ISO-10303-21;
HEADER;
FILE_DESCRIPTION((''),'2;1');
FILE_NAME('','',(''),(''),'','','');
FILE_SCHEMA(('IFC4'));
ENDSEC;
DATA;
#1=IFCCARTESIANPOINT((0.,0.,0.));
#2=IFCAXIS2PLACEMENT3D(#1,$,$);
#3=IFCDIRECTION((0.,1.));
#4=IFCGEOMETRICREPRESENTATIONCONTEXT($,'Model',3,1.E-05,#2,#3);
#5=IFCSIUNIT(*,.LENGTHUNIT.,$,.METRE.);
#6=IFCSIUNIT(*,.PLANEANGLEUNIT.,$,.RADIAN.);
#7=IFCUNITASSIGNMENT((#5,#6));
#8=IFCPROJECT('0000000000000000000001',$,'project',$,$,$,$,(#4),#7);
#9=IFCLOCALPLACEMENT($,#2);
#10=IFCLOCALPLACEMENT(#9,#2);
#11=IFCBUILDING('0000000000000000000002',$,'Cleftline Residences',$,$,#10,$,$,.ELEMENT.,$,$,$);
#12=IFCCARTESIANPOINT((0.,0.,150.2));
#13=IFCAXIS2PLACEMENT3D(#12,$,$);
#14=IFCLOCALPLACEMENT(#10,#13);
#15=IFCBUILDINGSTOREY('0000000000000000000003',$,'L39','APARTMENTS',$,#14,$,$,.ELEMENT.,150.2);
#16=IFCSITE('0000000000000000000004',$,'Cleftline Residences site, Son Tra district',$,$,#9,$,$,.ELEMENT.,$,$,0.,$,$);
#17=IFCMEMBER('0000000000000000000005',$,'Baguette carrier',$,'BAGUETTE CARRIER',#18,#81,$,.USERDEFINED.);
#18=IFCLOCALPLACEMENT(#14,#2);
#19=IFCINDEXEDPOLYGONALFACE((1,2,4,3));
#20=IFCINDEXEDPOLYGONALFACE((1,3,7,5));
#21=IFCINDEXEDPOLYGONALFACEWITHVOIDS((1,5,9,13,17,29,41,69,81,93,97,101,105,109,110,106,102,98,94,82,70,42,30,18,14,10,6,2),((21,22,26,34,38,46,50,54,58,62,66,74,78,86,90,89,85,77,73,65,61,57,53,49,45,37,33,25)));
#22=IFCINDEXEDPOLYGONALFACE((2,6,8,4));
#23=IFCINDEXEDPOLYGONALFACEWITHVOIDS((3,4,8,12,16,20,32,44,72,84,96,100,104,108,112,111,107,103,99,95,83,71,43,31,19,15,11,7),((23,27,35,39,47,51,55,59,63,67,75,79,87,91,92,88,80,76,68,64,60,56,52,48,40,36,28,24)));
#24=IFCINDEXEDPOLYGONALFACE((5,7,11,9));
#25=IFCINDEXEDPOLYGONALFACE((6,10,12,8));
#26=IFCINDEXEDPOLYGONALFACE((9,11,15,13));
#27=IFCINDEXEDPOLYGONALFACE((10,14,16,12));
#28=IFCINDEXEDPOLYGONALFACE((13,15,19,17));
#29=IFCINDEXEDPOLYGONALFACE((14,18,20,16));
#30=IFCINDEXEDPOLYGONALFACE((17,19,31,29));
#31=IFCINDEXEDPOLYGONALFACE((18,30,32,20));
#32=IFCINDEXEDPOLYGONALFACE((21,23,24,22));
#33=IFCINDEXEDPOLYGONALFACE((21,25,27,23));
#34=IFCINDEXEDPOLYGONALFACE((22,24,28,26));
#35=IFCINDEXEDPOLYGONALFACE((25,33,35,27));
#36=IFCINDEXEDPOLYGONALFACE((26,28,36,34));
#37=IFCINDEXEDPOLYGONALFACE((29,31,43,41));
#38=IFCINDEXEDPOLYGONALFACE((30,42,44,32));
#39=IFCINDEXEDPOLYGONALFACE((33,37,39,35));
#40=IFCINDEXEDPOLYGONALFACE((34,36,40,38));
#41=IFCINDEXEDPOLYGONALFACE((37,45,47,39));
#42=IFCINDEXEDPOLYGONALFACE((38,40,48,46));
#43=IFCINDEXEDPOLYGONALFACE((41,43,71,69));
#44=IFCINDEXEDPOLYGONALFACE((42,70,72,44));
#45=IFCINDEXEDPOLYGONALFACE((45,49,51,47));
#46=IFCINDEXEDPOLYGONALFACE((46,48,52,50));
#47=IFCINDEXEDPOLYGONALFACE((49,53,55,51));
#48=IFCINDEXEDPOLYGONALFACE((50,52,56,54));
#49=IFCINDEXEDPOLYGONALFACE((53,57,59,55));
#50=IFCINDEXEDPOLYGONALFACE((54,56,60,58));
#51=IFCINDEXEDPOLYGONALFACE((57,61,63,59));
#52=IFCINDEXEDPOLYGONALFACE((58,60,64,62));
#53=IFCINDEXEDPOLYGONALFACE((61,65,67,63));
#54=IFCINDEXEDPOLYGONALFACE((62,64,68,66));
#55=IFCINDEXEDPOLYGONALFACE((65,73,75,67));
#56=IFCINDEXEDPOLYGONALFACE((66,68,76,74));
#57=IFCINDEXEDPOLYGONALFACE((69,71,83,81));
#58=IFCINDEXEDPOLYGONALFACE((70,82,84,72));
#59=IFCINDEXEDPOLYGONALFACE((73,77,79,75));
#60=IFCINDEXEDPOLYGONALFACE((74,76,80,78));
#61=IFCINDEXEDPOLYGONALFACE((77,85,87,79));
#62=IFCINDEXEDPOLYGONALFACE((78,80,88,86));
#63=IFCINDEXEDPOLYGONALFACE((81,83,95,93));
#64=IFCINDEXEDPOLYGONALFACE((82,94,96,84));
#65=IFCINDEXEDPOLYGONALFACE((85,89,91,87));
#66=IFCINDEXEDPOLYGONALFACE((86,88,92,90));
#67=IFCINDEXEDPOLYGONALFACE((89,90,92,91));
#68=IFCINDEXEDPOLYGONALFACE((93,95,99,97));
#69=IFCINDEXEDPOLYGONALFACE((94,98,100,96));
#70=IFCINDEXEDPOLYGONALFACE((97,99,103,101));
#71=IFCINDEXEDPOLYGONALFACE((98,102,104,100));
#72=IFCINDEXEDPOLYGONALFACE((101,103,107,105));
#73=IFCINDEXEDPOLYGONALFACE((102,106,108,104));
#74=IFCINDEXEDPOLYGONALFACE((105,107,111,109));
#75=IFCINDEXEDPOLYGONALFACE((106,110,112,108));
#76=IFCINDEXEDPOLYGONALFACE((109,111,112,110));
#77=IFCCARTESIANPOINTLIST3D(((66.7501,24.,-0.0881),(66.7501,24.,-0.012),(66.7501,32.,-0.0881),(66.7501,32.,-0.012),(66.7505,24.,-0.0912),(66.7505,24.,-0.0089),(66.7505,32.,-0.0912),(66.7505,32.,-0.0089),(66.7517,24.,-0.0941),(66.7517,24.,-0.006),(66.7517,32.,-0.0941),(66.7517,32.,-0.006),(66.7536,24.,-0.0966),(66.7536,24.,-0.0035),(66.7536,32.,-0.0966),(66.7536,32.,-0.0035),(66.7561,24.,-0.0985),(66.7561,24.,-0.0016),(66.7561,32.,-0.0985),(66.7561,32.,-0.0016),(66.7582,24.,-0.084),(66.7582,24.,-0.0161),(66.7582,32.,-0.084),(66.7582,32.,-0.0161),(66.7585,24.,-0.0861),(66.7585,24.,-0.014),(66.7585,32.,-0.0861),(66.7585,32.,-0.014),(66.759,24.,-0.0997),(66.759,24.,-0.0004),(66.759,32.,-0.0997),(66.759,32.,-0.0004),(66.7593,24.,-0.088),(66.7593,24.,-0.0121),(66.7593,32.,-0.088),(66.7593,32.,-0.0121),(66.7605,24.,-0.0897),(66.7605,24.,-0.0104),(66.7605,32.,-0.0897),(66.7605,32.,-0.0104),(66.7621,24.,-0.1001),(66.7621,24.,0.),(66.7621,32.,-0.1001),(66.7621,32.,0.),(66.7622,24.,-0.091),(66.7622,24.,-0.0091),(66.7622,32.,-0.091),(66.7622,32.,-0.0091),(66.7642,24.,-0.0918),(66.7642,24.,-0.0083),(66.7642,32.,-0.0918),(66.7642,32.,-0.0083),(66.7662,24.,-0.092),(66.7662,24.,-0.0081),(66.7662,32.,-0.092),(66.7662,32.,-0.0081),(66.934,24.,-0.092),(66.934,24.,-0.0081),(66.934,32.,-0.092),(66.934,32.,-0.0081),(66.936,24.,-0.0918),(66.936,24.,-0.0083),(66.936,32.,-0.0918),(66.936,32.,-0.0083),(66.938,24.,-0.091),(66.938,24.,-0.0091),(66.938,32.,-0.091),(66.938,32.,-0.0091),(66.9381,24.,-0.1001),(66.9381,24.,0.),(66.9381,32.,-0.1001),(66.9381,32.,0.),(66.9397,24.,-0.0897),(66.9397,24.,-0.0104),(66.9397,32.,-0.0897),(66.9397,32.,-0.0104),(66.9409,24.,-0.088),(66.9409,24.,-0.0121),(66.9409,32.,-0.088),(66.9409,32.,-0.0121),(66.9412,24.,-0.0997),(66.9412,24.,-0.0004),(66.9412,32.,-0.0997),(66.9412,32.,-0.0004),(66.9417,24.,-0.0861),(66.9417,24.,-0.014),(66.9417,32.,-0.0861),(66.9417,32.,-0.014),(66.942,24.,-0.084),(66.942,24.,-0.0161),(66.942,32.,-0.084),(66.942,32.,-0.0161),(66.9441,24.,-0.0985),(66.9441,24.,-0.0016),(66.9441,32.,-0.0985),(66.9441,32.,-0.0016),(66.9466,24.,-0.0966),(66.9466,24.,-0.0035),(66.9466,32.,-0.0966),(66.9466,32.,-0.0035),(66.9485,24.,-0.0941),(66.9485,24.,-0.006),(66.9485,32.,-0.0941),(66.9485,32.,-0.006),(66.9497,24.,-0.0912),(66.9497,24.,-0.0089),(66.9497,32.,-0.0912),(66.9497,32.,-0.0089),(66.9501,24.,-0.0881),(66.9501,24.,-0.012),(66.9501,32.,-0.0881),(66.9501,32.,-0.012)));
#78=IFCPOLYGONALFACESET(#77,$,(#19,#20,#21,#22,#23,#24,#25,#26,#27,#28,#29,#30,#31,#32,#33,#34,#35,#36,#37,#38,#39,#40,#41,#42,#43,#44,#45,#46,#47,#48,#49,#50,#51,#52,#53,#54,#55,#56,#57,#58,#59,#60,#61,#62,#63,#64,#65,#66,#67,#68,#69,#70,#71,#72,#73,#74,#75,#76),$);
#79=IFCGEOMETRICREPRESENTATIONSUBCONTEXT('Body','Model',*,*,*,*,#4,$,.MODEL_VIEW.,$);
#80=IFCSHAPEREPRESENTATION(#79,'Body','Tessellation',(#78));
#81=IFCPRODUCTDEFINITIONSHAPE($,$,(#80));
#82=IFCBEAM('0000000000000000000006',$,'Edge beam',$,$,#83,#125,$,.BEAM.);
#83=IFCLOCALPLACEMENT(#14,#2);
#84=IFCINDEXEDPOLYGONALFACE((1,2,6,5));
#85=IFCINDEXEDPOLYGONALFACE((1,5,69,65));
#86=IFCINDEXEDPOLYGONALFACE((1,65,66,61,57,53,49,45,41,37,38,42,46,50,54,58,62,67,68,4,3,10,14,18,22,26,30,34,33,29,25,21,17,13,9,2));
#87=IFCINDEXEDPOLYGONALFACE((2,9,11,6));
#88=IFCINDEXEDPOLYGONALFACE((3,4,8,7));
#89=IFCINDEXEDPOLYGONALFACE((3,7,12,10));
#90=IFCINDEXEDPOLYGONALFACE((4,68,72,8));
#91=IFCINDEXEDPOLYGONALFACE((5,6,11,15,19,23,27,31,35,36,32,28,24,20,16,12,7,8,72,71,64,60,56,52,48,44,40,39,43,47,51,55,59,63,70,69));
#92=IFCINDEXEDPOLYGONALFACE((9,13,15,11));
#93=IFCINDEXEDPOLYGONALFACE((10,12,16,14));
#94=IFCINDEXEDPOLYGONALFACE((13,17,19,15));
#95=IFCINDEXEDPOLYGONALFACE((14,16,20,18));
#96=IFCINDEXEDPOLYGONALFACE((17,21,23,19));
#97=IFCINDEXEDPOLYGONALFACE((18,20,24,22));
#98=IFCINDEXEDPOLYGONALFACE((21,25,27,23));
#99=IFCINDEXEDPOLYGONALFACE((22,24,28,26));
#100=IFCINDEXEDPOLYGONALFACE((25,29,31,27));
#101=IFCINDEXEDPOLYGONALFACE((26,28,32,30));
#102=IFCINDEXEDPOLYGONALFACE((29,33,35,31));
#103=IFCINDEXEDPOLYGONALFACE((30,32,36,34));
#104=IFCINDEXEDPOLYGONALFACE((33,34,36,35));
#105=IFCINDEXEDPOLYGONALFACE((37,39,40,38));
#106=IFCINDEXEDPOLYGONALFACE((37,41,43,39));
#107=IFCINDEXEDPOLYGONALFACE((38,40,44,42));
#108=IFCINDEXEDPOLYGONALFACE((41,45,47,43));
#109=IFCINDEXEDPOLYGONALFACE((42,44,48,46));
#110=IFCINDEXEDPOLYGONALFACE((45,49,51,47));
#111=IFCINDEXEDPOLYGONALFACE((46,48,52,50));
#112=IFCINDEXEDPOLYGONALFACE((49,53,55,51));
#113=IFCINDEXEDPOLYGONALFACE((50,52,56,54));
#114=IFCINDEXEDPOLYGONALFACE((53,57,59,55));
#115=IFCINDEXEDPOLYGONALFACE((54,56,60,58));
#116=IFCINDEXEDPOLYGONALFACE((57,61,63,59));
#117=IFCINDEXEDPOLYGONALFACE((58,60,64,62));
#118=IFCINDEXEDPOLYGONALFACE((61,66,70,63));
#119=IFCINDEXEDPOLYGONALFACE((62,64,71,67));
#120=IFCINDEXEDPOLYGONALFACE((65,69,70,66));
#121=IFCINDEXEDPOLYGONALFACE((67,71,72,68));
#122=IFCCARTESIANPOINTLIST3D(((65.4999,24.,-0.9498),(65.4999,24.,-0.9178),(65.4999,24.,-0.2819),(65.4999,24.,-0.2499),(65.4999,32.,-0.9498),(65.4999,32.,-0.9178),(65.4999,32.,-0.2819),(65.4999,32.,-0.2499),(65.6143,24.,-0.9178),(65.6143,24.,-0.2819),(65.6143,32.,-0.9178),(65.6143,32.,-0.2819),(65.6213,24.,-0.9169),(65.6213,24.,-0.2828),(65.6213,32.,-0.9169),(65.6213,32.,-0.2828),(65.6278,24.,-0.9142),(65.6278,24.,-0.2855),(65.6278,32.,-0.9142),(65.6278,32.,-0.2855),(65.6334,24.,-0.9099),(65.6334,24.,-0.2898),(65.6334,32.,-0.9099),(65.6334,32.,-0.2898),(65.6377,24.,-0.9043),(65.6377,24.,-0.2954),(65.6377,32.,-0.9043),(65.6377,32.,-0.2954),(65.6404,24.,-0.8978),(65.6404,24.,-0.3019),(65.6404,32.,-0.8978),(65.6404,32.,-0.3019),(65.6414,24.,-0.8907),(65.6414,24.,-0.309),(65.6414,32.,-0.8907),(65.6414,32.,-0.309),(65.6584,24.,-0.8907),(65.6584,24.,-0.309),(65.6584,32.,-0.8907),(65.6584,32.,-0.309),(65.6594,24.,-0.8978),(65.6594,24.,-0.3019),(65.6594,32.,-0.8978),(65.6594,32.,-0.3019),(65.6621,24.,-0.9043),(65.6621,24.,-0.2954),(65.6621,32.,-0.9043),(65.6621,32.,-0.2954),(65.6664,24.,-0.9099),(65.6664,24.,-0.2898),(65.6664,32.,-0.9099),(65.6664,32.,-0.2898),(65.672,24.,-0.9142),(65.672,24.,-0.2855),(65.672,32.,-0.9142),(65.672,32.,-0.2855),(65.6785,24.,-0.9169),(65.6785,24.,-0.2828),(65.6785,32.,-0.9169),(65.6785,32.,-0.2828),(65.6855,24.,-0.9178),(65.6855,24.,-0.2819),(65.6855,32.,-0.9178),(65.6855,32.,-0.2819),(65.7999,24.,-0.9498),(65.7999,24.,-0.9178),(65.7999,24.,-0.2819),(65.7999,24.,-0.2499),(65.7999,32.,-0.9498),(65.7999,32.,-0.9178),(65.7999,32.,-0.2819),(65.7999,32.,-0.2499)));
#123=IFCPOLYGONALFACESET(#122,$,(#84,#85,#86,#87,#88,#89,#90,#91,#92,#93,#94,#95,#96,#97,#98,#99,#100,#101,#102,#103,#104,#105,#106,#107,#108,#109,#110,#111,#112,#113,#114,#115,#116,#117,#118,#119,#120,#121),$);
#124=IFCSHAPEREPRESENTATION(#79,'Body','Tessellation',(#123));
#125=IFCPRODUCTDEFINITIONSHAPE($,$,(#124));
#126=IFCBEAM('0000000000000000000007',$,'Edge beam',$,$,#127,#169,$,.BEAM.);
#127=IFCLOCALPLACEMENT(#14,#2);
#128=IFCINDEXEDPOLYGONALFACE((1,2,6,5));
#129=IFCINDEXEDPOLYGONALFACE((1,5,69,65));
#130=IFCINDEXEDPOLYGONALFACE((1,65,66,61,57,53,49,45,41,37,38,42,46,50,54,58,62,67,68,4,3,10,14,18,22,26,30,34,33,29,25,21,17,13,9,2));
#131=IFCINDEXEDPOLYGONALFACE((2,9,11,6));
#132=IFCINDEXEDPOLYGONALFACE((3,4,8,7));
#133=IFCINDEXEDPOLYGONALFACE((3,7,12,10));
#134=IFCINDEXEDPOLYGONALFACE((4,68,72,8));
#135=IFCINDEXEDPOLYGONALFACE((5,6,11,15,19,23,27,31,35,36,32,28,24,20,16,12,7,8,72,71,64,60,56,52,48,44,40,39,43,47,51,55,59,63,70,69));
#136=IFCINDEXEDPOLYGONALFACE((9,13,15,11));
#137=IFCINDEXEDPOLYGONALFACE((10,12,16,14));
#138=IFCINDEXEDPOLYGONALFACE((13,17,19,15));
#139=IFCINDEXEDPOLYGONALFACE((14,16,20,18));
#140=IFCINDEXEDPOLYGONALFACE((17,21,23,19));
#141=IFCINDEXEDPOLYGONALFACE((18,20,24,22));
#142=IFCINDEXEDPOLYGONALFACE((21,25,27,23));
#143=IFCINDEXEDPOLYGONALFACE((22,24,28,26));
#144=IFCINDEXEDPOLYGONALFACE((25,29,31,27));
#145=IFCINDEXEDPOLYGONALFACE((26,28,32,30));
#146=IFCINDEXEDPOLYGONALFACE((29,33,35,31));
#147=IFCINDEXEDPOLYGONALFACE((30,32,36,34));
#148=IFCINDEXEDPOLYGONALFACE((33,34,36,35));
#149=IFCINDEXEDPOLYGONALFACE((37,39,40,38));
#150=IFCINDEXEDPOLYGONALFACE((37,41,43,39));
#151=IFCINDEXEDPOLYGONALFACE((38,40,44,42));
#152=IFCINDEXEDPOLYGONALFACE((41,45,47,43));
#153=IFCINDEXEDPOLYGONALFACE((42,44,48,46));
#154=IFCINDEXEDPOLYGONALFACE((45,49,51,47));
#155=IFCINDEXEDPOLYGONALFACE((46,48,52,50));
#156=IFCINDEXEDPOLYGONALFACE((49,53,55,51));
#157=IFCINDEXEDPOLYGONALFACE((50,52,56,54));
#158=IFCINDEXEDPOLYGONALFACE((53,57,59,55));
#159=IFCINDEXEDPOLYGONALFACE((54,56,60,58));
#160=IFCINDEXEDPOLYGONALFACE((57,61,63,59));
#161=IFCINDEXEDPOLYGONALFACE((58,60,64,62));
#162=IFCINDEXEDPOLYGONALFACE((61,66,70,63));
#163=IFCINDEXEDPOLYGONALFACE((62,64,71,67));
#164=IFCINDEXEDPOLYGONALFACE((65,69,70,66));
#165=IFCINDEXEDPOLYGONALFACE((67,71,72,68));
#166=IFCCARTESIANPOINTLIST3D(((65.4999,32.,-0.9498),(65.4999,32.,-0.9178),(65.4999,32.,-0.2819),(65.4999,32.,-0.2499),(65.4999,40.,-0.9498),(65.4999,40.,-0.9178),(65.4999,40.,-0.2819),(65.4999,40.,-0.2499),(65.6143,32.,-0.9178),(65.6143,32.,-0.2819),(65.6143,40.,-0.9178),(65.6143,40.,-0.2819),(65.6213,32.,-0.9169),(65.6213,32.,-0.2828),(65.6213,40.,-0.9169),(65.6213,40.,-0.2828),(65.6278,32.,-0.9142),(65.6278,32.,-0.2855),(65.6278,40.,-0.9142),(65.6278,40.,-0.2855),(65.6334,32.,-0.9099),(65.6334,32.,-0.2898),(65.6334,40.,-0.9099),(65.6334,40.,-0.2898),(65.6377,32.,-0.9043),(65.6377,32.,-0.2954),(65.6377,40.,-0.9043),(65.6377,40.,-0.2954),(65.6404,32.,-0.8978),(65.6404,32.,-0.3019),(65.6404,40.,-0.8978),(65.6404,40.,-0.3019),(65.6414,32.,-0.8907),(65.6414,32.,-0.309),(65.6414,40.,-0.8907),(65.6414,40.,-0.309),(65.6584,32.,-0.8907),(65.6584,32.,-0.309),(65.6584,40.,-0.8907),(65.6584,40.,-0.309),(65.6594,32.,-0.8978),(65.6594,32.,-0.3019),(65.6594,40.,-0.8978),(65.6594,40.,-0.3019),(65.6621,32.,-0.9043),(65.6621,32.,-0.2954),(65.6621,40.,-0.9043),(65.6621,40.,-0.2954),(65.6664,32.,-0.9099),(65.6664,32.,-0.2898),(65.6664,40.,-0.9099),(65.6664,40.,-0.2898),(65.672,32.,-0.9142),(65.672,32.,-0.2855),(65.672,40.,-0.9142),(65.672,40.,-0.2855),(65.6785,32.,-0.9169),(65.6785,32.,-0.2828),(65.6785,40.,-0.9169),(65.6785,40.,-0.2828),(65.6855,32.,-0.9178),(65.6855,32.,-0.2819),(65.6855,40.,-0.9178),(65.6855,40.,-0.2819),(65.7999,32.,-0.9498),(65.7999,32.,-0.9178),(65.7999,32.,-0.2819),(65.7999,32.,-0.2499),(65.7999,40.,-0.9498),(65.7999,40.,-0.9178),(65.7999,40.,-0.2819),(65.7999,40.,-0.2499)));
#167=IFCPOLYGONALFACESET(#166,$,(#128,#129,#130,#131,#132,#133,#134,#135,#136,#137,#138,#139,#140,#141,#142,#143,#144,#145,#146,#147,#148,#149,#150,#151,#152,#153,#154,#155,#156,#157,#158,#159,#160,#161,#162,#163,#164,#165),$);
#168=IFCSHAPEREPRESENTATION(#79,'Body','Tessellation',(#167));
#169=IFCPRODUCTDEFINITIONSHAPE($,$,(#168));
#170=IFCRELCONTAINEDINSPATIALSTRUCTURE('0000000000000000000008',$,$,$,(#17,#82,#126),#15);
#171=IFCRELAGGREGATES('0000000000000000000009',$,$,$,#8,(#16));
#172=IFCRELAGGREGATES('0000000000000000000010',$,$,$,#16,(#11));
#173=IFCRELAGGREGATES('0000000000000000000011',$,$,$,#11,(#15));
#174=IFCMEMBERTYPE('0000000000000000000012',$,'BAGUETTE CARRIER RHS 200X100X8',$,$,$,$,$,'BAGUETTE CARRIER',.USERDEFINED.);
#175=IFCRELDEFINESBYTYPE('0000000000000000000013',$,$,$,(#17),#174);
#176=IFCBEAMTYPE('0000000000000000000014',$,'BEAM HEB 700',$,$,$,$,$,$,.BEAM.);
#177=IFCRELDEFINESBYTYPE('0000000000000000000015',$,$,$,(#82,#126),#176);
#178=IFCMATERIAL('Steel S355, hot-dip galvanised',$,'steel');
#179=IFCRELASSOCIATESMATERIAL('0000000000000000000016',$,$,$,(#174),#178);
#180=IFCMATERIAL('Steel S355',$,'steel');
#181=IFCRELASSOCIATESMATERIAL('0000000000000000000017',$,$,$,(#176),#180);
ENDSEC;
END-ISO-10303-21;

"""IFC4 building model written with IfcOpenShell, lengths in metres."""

from ifc_helpers import new_model, si_unit, direction, frame, origin, origin_2d, place, context, subcontext, project, spatial, hollow_rectangle, i_section, extrude, material, material_profile, profile_set, type_object, element, save


model = new_model("IFC4")

# Units and contexts
model_context = context("Model", 3, precision=1e-05, world=origin(), true_north=direction((0.0, 1.0)))
body_context = subcontext(model_context, "Body", "Model", "MODEL_VIEW")
ifc_project = project(units=[si_unit("LENGTHUNIT", "METRE"), si_unit("PLANEANGLEUNIT", "RADIAN")], contexts=[model_context])

# Site, building, storey
site_placement = place(None, origin())
site = spatial("IfcSite", under=ifc_project, at=site_placement, Name="Cleftline Residences site, Son Tra district", CompositionType="ELEMENT", RefElevation=0.0)
building_placement = place(site_placement, origin())
building = spatial("IfcBuilding", under=site, at=building_placement, Name="Cleftline Residences", CompositionType="ELEMENT")
storey_placement = place(building_placement, frame((0.0, 0.0, 150.2)))
storey = spatial("IfcBuildingStorey", under=building, at=storey_placement, Name="L39", Description="APARTMENTS", CompositionType="ELEMENT", Elevation=150.2)

# Member
ifc_material_1 = material(Name="Steel S355, hot-dip galvanised", Category="steel")
ifc_material_profile_1 = material_profile(ifc_material_1, hollow_rectangle(XDim=0.1001, YDim=0.2, WallThickness=0.0081, InnerFilletRadius=0.0081, OuterFilletRadius=0.012, at=origin_2d()))
ifc_profile_set_1 = profile_set([ifc_material_profile_1], Name="Steel S355, hot-dip galvanised")
member_type_1 = type_object("IfcMemberType", Name="BAGUETTE CARRIER RHS 200X100X8", ElementType="BAGUETTE CARRIER", PredefinedType="USERDEFINED", material=ifc_profile_set_1)
member_1_placement = place(storey_placement, frame((66.8501, 24.0, -0.05), z_axis=(0.0, 1.0, 0.0), x_axis=(0.0, 0.0, 1.0)))
element("IfcMember", 1, at=member_1_placement, inside=storey, type_object=member_type_1, Name="Baguette carrier", ObjectType="BAGUETTE CARRIER", PredefinedType="USERDEFINED", context=body_context, shape_type="SweptSolid", body=[
    extrude(hollow_rectangle(XDim=0.1001, YDim=0.2, WallThickness=0.0081, InnerFilletRadius=0.0081, OuterFilletRadius=0.012, at=origin_2d()), origin(), (0.0, 0.0, 1.0), 8.0),
])

# Beams
ifc_material_2 = material(Name="Steel S355", Category="steel")
ifc_material_profile_2 = material_profile(ifc_material_2, i_section(OverallWidth=0.3, OverallDepth=0.7, WebThickness=0.0171, FlangeThickness=0.032, FilletRadius=0.0271, at=origin_2d()))
ifc_profile_set_2 = profile_set([ifc_material_profile_2], Name="Steel S355")
beam_type_1 = type_object("IfcBeamType", Name="BEAM HEB 700", PredefinedType="BEAM", material=ifc_profile_set_2)
for number, where, z_axis, x_axis, name in (
    (2, (65.6499, 24.0, -0.5999), (0.0, 1.0, 0.0), (-1.0, 0.0, 0.0), "Edge beam"),
    (3, (65.6499, 32.0, -0.5999), (0.0, 1.0, 0.0), (-1.0, 0.0, 0.0), "Edge beam"),
):
    element("IfcBeam", number, at=place(storey_placement, frame(where, z_axis=z_axis, x_axis=x_axis)), inside=storey, type_object=beam_type_1, Name=name, PredefinedType="BEAM", context=body_context, shape_type="SweptSolid", body=[
        extrude(i_section(OverallWidth=0.3, OverallDepth=0.7, WebThickness=0.0171, FlangeThickness=0.032, FilletRadius=0.0271, at=origin_2d()), origin(), (0.0, 0.0, 1.0), 8.0),
    ])

save(model, "model.ifc")
